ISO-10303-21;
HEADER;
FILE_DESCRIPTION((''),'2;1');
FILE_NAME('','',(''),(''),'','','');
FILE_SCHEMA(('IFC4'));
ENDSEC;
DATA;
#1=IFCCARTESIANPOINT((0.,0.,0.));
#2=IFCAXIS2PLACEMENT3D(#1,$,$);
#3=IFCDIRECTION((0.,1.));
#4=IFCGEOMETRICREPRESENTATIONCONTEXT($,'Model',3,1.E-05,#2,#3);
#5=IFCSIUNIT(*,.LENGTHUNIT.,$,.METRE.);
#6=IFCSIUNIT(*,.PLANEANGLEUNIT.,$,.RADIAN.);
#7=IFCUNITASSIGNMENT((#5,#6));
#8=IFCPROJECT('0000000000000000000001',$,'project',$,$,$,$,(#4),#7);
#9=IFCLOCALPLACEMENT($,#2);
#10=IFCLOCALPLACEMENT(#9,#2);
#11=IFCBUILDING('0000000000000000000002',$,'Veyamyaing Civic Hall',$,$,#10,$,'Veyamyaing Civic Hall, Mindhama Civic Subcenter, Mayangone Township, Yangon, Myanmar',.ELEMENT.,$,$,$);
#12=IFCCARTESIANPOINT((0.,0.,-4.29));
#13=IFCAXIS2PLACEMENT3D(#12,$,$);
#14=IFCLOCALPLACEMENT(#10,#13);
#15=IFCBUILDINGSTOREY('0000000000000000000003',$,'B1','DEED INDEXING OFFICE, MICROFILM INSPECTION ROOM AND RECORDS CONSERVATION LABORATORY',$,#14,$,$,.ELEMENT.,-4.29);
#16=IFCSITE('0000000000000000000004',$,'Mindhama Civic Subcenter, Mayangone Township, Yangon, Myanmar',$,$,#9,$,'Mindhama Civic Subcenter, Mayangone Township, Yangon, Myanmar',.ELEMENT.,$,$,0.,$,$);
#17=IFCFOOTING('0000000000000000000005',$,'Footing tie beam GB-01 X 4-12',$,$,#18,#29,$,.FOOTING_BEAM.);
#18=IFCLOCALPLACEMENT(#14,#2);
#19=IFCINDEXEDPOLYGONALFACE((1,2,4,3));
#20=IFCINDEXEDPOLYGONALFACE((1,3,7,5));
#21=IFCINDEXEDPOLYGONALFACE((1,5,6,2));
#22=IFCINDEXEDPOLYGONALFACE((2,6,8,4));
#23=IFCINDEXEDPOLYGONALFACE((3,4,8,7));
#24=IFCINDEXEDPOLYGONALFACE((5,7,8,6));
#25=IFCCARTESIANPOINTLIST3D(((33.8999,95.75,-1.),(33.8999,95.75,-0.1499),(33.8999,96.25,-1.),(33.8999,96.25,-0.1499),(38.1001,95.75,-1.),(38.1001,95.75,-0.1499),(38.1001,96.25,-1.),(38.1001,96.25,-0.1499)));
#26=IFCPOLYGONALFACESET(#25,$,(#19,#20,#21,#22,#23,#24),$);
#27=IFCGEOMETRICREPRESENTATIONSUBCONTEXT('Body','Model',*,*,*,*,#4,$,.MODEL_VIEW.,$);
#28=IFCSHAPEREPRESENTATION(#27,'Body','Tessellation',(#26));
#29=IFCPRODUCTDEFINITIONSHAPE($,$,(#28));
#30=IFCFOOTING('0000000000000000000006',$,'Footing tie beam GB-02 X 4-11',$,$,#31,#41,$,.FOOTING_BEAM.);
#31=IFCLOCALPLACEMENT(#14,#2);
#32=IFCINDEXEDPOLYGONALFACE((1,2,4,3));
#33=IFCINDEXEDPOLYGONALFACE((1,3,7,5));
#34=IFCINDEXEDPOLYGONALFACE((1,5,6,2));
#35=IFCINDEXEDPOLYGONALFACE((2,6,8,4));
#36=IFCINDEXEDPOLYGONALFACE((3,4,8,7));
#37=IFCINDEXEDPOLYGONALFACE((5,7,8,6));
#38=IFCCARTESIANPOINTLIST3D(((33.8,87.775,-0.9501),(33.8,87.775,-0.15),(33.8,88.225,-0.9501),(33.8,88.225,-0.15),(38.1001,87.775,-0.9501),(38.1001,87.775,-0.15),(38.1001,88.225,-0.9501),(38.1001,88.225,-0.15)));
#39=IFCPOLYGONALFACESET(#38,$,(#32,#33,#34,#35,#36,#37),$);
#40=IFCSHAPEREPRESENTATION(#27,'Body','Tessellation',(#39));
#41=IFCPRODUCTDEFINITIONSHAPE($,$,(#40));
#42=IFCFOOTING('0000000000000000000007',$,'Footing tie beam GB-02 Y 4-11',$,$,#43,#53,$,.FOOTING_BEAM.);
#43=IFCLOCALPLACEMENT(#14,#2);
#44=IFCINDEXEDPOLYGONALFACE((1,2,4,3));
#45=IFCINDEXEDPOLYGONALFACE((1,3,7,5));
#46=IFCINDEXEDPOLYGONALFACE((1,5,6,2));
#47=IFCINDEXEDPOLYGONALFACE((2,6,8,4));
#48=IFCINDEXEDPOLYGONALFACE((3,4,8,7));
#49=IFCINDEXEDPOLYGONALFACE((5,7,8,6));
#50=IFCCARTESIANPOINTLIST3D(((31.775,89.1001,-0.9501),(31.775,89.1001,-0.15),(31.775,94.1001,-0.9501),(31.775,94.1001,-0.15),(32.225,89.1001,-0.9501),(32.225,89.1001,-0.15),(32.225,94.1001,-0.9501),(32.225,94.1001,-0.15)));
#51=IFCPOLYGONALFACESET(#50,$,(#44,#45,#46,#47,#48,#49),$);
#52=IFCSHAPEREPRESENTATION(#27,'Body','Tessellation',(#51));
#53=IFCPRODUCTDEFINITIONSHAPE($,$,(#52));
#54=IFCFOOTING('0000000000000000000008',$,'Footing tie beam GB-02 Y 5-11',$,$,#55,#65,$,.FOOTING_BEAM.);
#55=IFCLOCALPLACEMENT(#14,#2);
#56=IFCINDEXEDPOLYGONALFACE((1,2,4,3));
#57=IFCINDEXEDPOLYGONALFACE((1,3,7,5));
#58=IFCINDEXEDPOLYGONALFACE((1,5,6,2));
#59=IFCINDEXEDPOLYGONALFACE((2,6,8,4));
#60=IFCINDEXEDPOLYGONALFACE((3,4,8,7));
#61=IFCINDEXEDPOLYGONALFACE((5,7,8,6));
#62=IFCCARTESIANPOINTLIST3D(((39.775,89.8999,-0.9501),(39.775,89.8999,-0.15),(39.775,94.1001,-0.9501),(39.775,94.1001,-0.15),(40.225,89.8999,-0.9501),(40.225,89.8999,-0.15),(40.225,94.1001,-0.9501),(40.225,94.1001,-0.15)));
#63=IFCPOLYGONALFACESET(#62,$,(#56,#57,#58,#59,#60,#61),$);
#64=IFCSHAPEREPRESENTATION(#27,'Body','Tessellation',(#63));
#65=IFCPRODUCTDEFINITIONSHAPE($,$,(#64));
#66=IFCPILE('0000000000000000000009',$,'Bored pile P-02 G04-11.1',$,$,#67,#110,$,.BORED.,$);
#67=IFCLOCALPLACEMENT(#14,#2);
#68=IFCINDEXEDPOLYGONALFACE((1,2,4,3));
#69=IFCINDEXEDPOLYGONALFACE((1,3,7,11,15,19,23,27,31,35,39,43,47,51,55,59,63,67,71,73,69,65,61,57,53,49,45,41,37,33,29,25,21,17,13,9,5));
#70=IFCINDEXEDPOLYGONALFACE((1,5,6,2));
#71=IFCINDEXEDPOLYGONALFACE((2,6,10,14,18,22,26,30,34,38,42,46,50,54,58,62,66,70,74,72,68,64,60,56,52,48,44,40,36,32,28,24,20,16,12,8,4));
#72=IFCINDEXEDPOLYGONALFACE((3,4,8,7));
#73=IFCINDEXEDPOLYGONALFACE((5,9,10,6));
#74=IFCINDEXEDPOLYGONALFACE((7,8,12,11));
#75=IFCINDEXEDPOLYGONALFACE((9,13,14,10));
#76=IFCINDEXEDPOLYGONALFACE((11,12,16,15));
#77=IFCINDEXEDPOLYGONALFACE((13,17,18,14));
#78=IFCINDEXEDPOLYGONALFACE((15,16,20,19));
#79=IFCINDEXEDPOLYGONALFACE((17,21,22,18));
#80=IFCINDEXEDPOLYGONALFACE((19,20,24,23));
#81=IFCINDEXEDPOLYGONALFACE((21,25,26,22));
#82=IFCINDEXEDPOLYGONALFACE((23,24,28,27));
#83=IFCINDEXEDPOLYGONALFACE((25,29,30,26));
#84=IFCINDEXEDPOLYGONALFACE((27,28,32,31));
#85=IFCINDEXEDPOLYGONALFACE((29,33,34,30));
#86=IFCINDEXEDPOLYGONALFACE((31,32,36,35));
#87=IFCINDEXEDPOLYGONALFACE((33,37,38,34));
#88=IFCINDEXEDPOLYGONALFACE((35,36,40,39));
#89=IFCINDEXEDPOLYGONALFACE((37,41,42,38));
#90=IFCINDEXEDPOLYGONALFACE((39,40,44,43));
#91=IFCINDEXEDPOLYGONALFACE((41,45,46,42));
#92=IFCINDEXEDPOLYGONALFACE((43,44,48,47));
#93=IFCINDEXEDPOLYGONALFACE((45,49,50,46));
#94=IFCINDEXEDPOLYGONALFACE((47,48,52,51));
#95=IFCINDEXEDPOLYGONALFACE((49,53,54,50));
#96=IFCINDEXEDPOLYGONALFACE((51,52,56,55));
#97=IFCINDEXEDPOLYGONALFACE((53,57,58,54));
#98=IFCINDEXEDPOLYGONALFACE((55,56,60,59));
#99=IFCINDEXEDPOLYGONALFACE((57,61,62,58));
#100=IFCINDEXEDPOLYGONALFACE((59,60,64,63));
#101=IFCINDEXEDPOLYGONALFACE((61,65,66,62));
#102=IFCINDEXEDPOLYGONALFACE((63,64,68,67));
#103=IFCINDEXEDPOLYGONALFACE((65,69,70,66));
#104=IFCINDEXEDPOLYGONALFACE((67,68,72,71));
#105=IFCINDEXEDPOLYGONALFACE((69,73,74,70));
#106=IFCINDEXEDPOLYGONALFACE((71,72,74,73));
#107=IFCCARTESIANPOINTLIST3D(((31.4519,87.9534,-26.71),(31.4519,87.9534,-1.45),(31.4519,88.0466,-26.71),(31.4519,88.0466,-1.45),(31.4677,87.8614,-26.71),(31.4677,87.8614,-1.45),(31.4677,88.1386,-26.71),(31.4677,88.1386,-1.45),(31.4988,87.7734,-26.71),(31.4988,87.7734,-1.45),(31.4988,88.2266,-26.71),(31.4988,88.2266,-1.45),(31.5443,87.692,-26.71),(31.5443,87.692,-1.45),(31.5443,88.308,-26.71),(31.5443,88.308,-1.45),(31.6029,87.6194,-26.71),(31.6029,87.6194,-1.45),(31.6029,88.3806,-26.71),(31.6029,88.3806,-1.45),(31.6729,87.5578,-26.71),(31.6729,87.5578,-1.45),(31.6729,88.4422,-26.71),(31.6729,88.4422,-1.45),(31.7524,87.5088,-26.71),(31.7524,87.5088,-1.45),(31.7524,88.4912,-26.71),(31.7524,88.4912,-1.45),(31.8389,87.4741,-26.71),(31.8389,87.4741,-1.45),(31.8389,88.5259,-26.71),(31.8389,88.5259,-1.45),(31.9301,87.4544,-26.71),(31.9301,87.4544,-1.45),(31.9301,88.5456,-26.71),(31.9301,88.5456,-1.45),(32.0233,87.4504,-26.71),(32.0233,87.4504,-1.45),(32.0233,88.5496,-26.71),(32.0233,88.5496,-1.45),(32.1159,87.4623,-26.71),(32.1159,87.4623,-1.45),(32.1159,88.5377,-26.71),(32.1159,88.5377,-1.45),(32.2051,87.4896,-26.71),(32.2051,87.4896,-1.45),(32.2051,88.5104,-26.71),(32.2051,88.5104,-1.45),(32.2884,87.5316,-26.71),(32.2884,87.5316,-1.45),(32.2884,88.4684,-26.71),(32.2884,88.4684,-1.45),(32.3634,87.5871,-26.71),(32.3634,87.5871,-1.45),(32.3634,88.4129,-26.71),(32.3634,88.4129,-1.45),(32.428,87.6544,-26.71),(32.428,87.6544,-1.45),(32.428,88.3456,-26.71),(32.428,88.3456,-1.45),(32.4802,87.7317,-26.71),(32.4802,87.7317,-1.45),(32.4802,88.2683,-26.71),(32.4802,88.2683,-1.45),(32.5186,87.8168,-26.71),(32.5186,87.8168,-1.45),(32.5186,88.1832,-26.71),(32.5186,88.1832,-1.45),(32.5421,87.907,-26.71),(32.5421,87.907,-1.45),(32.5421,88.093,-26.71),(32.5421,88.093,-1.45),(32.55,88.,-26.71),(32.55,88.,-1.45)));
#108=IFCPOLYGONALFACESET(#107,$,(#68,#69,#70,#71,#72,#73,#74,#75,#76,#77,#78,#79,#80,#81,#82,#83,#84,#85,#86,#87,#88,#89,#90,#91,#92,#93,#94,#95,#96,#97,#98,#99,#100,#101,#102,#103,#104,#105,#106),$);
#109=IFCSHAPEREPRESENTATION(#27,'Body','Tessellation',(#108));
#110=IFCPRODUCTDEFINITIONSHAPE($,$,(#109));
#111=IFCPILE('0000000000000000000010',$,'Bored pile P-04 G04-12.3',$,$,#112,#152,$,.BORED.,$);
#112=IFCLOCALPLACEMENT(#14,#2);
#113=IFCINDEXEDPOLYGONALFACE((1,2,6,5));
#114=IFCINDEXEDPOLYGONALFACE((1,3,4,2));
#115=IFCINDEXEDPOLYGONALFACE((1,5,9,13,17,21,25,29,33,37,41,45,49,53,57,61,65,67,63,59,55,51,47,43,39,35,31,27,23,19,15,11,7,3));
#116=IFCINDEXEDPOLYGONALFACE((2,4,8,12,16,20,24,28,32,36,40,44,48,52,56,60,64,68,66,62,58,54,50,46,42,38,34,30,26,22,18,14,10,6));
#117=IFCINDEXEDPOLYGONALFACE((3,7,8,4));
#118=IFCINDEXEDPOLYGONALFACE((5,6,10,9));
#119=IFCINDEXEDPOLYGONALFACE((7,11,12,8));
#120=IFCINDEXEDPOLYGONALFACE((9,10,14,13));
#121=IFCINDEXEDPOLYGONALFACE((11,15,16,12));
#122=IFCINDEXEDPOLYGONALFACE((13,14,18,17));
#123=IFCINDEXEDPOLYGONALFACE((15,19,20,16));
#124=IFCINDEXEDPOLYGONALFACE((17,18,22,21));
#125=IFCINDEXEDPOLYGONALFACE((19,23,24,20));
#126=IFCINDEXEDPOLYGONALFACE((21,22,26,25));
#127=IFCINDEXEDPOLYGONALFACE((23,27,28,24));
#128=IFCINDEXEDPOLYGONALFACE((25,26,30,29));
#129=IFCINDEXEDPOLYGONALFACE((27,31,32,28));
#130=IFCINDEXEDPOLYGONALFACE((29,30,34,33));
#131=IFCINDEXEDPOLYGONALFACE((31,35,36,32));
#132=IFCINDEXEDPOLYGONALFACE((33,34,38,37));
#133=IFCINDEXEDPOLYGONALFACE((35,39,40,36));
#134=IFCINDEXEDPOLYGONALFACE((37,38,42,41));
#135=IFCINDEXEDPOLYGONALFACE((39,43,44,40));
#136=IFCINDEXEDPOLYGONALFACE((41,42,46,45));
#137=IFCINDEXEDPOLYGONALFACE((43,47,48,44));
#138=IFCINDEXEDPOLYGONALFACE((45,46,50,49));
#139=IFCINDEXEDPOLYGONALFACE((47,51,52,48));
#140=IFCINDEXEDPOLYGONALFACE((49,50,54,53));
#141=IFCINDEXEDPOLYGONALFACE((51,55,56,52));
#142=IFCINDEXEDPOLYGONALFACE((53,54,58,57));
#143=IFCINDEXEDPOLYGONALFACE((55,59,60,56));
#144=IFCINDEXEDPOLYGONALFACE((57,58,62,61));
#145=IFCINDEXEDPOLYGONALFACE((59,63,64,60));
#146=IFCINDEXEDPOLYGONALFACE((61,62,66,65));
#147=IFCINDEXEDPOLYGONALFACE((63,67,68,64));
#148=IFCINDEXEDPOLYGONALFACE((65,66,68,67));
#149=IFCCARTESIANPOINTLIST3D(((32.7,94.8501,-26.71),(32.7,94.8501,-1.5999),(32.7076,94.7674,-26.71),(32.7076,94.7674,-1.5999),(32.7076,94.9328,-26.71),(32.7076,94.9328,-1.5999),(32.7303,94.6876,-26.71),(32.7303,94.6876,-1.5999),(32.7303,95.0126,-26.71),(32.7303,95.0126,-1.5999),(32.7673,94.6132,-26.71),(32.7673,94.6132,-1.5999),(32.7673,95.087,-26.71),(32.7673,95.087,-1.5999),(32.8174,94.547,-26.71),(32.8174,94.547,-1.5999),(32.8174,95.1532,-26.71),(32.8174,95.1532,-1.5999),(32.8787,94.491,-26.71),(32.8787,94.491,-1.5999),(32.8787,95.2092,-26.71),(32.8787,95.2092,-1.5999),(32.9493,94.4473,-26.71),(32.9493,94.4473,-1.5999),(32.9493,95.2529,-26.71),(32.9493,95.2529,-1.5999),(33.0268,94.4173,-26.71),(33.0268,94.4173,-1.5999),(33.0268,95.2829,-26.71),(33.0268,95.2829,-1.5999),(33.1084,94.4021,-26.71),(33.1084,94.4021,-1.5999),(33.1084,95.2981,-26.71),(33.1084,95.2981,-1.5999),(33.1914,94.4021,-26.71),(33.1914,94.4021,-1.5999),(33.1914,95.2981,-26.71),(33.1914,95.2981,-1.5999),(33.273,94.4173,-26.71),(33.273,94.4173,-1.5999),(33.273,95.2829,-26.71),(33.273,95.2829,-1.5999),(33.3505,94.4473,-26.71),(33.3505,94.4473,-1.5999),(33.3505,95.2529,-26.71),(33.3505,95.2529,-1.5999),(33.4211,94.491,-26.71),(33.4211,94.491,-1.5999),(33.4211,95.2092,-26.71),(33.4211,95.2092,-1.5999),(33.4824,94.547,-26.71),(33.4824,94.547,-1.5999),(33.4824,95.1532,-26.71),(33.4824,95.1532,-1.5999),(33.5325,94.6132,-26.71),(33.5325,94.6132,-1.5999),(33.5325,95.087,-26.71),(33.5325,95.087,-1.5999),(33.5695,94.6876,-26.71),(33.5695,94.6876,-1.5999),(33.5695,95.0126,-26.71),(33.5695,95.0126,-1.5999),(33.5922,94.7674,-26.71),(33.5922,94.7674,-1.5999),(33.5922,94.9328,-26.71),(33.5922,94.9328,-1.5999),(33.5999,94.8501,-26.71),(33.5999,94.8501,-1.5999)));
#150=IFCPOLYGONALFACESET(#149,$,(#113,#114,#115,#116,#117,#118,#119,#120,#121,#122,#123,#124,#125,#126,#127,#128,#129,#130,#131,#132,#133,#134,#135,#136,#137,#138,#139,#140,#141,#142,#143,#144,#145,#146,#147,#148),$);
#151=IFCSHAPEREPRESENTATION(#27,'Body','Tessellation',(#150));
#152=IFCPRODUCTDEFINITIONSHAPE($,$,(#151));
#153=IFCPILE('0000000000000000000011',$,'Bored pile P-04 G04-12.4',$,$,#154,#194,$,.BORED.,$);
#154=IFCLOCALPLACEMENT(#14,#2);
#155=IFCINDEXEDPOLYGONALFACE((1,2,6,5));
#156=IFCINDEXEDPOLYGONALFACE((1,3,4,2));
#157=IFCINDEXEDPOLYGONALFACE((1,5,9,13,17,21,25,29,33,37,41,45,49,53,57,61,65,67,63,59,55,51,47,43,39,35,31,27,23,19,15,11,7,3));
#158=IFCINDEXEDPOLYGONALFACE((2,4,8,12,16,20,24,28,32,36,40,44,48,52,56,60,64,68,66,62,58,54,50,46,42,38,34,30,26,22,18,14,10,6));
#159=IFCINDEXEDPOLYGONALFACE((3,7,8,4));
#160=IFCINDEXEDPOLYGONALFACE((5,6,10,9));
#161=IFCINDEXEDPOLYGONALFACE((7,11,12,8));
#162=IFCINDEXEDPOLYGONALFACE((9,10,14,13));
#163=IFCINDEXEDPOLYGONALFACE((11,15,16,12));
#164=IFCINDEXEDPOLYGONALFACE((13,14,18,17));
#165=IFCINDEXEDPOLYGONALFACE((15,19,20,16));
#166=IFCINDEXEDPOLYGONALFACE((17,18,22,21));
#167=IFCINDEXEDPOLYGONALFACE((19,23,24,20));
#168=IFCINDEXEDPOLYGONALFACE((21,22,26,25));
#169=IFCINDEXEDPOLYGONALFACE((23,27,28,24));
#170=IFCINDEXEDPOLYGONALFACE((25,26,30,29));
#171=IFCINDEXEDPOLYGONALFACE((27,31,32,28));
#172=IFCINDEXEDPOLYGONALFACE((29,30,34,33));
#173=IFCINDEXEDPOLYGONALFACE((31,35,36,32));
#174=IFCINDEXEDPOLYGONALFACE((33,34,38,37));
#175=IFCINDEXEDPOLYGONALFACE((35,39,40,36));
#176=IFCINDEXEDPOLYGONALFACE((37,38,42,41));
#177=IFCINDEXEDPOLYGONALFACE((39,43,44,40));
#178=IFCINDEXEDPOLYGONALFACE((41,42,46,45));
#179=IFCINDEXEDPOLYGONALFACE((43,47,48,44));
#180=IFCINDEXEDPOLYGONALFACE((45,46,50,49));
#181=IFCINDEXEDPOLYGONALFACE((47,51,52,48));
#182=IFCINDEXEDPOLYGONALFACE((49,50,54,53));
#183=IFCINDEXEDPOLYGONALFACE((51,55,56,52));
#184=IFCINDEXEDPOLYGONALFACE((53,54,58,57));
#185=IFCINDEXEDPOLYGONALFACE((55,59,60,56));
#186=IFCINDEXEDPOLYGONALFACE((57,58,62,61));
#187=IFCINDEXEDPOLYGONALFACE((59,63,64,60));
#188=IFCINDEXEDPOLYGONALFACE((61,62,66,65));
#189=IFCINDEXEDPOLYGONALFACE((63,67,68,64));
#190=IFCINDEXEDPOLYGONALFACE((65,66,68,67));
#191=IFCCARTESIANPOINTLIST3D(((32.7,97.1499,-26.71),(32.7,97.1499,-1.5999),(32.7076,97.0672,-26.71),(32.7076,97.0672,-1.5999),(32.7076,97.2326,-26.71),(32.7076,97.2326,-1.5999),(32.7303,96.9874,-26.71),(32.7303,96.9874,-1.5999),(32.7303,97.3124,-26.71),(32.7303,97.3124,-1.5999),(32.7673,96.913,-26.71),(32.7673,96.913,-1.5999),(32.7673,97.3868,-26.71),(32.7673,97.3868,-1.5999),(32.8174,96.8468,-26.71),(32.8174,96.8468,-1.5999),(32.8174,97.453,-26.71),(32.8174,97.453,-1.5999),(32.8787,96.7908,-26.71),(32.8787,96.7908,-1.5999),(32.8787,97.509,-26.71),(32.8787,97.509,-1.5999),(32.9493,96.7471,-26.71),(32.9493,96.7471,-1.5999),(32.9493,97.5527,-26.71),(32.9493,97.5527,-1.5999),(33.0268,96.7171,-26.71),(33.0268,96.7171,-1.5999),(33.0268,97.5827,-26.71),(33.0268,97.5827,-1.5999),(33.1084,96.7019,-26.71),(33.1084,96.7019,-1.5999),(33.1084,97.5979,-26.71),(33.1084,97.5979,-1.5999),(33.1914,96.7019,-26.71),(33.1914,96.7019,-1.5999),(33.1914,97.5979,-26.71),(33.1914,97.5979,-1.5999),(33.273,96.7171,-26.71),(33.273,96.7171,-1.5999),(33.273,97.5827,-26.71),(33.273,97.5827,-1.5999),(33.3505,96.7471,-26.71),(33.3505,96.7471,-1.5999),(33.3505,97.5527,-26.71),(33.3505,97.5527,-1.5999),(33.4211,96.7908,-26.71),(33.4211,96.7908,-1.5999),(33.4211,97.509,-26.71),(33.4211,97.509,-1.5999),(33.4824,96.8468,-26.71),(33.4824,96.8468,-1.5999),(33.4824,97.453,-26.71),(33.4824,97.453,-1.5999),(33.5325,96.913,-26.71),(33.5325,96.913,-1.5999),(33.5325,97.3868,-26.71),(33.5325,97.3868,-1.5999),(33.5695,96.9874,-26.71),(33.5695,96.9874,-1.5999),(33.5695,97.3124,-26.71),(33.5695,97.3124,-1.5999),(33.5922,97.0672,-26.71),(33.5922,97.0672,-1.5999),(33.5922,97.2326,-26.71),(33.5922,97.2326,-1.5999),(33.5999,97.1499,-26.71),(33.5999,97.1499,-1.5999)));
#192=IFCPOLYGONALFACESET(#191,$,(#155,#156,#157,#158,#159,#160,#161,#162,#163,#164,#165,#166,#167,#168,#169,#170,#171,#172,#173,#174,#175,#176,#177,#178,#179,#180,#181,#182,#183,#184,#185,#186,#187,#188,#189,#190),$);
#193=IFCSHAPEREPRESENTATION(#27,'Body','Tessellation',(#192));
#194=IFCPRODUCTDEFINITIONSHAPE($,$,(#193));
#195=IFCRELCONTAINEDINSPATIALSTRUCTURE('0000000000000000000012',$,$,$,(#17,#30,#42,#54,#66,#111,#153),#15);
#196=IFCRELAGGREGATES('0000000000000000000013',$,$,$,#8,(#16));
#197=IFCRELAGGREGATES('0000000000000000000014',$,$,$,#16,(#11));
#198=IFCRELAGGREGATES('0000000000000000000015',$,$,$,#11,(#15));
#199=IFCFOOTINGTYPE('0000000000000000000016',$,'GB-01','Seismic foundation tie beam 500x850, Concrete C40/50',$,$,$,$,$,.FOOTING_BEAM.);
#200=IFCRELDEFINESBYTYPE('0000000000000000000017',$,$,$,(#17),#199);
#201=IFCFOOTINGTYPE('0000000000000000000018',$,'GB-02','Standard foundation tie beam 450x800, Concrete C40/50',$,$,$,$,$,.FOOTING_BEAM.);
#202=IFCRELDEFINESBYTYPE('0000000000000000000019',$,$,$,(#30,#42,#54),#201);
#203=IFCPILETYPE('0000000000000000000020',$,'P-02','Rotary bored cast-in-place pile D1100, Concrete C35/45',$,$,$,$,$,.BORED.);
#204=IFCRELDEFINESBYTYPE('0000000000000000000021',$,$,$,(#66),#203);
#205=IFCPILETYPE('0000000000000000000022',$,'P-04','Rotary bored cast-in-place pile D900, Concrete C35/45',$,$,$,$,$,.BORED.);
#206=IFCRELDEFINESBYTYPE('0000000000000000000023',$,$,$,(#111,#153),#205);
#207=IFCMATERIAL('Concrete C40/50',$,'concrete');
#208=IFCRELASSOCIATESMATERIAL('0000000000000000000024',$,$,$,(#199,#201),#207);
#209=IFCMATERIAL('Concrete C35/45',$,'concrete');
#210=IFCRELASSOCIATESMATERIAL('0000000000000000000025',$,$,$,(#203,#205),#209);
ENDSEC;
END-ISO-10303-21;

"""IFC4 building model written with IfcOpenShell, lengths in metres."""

from ifc_helpers import new_model, si_unit, direction, frame, origin, origin_2d, place, context, subcontext, project, spatial, rectangle, circle, extrude, material, material_profile, profile_set, type_object, element, save


model = new_model("IFC4")

# Units and contexts
model_context = context("Model", 3, precision=1e-05, world=origin(), true_north=direction((0.0, 1.0)))
body_context = subcontext(model_context, "Body", "Model", "MODEL_VIEW")
ifc_project = project(units=[si_unit("LENGTHUNIT", "METRE"), si_unit("PLANEANGLEUNIT", "RADIAN")], contexts=[model_context])

# Site, building, storey
site_placement = place(None, origin())
site = spatial("IfcSite", under=ifc_project, at=site_placement, Name="Mindhama Civic Subcenter, Mayangone Township, Yangon, Myanmar", LongName="Mindhama Civic Subcenter, Mayangone Township, Yangon, Myanmar", CompositionType="ELEMENT", RefElevation=0.0)
building_placement = place(site_placement, origin())
building = spatial("IfcBuilding", under=site, at=building_placement, Name="Veyamyaing Civic Hall", LongName="Veyamyaing Civic Hall, Mindhama Civic Subcenter, Mayangone Township, Yangon, Myanmar", CompositionType="ELEMENT")
storey_placement = place(building_placement, frame((0.0, 0.0, -4.29)))
storey = spatial("IfcBuildingStorey", under=building, at=storey_placement, Name="B1", Description="DEED INDEXING OFFICE, MICROFILM INSPECTION ROOM AND RECORDS CONSERVATION LABORATORY", CompositionType="ELEMENT", Elevation=-4.29)

# Footings
ifc_material_1 = material(Name="Concrete C40/50", Category="concrete")
ifc_material_profile_1 = material_profile(ifc_material_1, rectangle(XDim=0.5, YDim=0.8501, at=origin_2d()), Name="GB-500X850")
ifc_profile_set_1 = profile_set([ifc_material_profile_1], Name="Concrete C40/50")
footing_type_1 = type_object("IfcFootingType", Name="GB-01", Description="Seismic foundation tie beam 500x850, Concrete C40/50", PredefinedType="FOOTING_BEAM", material=ifc_profile_set_1)
footing_1_placement = place(storey_placement, frame((33.8999, 96.0, -0.575), z_axis=(1.0, 0.0, 0.0), x_axis=(0.0, 1.0, 0.0)))
element("IfcFooting", 1, at=footing_1_placement, inside=storey, type_object=footing_type_1, Name="Footing tie beam GB-01 X 4-12", PredefinedType="FOOTING_BEAM", context=body_context, shape_type="SweptSolid", body=[
    extrude(rectangle(XDim=0.5, YDim=0.8501, at=origin_2d()), origin(), (0.0, 0.0, 1.0), 4.2002),
])
ifc_material_profile_2 = material_profile(ifc_material_1, rectangle(XDim=0.45, YDim=0.8, at=origin_2d()), Name="GB-450X800")
ifc_profile_set_2 = profile_set([ifc_material_profile_2], Name="Concrete C40/50")
footing_type_2 = type_object("IfcFootingType", Name="GB-02", Description="Standard foundation tie beam 450x800, Concrete C40/50", PredefinedType="FOOTING_BEAM", material=ifc_profile_set_2)
footing_2_placement = place(storey_placement, frame((33.8, 88.0, -0.55), z_axis=(1.0, 0.0, 0.0), x_axis=(0.0, 1.0, 0.0)))
element("IfcFooting", 2, at=footing_2_placement, inside=storey, type_object=footing_type_2, Name="Footing tie beam GB-02 X 4-11", PredefinedType="FOOTING_BEAM", context=body_context, shape_type="SweptSolid", body=[
    extrude(rectangle(XDim=0.45, YDim=0.8, at=origin_2d()), origin(), (0.0, 0.0, 1.0), 4.3),
])
footing_3_placement = place(storey_placement, frame((32.0, 89.1001, -0.55), z_axis=(0.0, 1.0, 0.0), x_axis=(-1.0, 0.0, 0.0)))
element("IfcFooting", 3, at=footing_3_placement, inside=storey, type_object=footing_type_2, Name="Footing tie beam GB-02 Y 4-11", PredefinedType="FOOTING_BEAM", context=body_context, shape_type="SweptSolid", body=[
    extrude(rectangle(XDim=0.45, YDim=0.8, at=origin_2d()), origin(), (0.0, 0.0, 1.0), 5.0),
])
footing_4_placement = place(storey_placement, frame((40.0, 89.8999, -0.55), z_axis=(0.0, 1.0, 0.0), x_axis=(-1.0, 0.0, 0.0)))
element("IfcFooting", 4, at=footing_4_placement, inside=storey, type_object=footing_type_2, Name="Footing tie beam GB-02 Y 5-11", PredefinedType="FOOTING_BEAM", context=body_context, shape_type="SweptSolid", body=[
    extrude(rectangle(XDim=0.45, YDim=0.8, at=origin_2d()), origin(), (0.0, 0.0, 1.0), 4.2002),
])

# Piles
ifc_material_2 = material(Name="Concrete C35/45", Category="concrete")
ifc_material_profile_3 = material_profile(ifc_material_2, circle(Radius=0.55, at=origin_2d()), Name="PILE-D1100")
ifc_profile_set_3 = profile_set([ifc_material_profile_3], Name="Concrete C35/45")
pile_type_1 = type_object("IfcPileType", Name="P-02", Description="Rotary bored cast-in-place pile D1100, Concrete C35/45", PredefinedType="BORED", material=ifc_profile_set_3)
pile_placement = place(storey_placement, frame((32.0, 88.0, -1.45), z_axis=(0.0, 0.0, -1.0), x_axis=(1.0, 0.0, 0.0)))
element("IfcPile", 5, at=pile_placement, inside=storey, type_object=pile_type_1, Name="Bored pile P-02 G04-11.1", PredefinedType="BORED", context=body_context, shape_type="SweptSolid", body=[
    extrude(circle(Radius=0.55, at=origin_2d()), origin(), (0.0, 0.0, 1.0), 25.26),
])
ifc_material_profile_4 = material_profile(ifc_material_2, circle(Radius=0.45, at=origin_2d()), Name="PILE-D900")
ifc_profile_set_4 = profile_set([ifc_material_profile_4], Name="Concrete C35/45")
pile_type_2 = type_object("IfcPileType", Name="P-04", Description="Rotary bored cast-in-place pile D900, Concrete C35/45", PredefinedType="BORED", material=ifc_profile_set_4)
for number, where, z_axis, x_axis, name in (
    (6, (33.1499, 94.8501, -1.5999), (0.0, 0.0, -1.0), (1.0, 0.0, 0.0), "Bored pile P-04 G04-12.3"),
    (7, (33.1499, 97.1499, -1.5999), (0.0, 0.0, -1.0), (1.0, 0.0, 0.0), "Bored pile P-04 G04-12.4"),
):
    element("IfcPile", number, at=place(storey_placement, frame(where, z_axis=z_axis, x_axis=x_axis)), inside=storey, type_object=pile_type_2, Name=name, PredefinedType="BORED", context=body_context, shape_type="SweptSolid", body=[
        extrude(circle(Radius=0.45, at=origin_2d()), origin(), (0.0, 0.0, 1.0), 25.1101),
    ])

save(model, "model.ifc")
